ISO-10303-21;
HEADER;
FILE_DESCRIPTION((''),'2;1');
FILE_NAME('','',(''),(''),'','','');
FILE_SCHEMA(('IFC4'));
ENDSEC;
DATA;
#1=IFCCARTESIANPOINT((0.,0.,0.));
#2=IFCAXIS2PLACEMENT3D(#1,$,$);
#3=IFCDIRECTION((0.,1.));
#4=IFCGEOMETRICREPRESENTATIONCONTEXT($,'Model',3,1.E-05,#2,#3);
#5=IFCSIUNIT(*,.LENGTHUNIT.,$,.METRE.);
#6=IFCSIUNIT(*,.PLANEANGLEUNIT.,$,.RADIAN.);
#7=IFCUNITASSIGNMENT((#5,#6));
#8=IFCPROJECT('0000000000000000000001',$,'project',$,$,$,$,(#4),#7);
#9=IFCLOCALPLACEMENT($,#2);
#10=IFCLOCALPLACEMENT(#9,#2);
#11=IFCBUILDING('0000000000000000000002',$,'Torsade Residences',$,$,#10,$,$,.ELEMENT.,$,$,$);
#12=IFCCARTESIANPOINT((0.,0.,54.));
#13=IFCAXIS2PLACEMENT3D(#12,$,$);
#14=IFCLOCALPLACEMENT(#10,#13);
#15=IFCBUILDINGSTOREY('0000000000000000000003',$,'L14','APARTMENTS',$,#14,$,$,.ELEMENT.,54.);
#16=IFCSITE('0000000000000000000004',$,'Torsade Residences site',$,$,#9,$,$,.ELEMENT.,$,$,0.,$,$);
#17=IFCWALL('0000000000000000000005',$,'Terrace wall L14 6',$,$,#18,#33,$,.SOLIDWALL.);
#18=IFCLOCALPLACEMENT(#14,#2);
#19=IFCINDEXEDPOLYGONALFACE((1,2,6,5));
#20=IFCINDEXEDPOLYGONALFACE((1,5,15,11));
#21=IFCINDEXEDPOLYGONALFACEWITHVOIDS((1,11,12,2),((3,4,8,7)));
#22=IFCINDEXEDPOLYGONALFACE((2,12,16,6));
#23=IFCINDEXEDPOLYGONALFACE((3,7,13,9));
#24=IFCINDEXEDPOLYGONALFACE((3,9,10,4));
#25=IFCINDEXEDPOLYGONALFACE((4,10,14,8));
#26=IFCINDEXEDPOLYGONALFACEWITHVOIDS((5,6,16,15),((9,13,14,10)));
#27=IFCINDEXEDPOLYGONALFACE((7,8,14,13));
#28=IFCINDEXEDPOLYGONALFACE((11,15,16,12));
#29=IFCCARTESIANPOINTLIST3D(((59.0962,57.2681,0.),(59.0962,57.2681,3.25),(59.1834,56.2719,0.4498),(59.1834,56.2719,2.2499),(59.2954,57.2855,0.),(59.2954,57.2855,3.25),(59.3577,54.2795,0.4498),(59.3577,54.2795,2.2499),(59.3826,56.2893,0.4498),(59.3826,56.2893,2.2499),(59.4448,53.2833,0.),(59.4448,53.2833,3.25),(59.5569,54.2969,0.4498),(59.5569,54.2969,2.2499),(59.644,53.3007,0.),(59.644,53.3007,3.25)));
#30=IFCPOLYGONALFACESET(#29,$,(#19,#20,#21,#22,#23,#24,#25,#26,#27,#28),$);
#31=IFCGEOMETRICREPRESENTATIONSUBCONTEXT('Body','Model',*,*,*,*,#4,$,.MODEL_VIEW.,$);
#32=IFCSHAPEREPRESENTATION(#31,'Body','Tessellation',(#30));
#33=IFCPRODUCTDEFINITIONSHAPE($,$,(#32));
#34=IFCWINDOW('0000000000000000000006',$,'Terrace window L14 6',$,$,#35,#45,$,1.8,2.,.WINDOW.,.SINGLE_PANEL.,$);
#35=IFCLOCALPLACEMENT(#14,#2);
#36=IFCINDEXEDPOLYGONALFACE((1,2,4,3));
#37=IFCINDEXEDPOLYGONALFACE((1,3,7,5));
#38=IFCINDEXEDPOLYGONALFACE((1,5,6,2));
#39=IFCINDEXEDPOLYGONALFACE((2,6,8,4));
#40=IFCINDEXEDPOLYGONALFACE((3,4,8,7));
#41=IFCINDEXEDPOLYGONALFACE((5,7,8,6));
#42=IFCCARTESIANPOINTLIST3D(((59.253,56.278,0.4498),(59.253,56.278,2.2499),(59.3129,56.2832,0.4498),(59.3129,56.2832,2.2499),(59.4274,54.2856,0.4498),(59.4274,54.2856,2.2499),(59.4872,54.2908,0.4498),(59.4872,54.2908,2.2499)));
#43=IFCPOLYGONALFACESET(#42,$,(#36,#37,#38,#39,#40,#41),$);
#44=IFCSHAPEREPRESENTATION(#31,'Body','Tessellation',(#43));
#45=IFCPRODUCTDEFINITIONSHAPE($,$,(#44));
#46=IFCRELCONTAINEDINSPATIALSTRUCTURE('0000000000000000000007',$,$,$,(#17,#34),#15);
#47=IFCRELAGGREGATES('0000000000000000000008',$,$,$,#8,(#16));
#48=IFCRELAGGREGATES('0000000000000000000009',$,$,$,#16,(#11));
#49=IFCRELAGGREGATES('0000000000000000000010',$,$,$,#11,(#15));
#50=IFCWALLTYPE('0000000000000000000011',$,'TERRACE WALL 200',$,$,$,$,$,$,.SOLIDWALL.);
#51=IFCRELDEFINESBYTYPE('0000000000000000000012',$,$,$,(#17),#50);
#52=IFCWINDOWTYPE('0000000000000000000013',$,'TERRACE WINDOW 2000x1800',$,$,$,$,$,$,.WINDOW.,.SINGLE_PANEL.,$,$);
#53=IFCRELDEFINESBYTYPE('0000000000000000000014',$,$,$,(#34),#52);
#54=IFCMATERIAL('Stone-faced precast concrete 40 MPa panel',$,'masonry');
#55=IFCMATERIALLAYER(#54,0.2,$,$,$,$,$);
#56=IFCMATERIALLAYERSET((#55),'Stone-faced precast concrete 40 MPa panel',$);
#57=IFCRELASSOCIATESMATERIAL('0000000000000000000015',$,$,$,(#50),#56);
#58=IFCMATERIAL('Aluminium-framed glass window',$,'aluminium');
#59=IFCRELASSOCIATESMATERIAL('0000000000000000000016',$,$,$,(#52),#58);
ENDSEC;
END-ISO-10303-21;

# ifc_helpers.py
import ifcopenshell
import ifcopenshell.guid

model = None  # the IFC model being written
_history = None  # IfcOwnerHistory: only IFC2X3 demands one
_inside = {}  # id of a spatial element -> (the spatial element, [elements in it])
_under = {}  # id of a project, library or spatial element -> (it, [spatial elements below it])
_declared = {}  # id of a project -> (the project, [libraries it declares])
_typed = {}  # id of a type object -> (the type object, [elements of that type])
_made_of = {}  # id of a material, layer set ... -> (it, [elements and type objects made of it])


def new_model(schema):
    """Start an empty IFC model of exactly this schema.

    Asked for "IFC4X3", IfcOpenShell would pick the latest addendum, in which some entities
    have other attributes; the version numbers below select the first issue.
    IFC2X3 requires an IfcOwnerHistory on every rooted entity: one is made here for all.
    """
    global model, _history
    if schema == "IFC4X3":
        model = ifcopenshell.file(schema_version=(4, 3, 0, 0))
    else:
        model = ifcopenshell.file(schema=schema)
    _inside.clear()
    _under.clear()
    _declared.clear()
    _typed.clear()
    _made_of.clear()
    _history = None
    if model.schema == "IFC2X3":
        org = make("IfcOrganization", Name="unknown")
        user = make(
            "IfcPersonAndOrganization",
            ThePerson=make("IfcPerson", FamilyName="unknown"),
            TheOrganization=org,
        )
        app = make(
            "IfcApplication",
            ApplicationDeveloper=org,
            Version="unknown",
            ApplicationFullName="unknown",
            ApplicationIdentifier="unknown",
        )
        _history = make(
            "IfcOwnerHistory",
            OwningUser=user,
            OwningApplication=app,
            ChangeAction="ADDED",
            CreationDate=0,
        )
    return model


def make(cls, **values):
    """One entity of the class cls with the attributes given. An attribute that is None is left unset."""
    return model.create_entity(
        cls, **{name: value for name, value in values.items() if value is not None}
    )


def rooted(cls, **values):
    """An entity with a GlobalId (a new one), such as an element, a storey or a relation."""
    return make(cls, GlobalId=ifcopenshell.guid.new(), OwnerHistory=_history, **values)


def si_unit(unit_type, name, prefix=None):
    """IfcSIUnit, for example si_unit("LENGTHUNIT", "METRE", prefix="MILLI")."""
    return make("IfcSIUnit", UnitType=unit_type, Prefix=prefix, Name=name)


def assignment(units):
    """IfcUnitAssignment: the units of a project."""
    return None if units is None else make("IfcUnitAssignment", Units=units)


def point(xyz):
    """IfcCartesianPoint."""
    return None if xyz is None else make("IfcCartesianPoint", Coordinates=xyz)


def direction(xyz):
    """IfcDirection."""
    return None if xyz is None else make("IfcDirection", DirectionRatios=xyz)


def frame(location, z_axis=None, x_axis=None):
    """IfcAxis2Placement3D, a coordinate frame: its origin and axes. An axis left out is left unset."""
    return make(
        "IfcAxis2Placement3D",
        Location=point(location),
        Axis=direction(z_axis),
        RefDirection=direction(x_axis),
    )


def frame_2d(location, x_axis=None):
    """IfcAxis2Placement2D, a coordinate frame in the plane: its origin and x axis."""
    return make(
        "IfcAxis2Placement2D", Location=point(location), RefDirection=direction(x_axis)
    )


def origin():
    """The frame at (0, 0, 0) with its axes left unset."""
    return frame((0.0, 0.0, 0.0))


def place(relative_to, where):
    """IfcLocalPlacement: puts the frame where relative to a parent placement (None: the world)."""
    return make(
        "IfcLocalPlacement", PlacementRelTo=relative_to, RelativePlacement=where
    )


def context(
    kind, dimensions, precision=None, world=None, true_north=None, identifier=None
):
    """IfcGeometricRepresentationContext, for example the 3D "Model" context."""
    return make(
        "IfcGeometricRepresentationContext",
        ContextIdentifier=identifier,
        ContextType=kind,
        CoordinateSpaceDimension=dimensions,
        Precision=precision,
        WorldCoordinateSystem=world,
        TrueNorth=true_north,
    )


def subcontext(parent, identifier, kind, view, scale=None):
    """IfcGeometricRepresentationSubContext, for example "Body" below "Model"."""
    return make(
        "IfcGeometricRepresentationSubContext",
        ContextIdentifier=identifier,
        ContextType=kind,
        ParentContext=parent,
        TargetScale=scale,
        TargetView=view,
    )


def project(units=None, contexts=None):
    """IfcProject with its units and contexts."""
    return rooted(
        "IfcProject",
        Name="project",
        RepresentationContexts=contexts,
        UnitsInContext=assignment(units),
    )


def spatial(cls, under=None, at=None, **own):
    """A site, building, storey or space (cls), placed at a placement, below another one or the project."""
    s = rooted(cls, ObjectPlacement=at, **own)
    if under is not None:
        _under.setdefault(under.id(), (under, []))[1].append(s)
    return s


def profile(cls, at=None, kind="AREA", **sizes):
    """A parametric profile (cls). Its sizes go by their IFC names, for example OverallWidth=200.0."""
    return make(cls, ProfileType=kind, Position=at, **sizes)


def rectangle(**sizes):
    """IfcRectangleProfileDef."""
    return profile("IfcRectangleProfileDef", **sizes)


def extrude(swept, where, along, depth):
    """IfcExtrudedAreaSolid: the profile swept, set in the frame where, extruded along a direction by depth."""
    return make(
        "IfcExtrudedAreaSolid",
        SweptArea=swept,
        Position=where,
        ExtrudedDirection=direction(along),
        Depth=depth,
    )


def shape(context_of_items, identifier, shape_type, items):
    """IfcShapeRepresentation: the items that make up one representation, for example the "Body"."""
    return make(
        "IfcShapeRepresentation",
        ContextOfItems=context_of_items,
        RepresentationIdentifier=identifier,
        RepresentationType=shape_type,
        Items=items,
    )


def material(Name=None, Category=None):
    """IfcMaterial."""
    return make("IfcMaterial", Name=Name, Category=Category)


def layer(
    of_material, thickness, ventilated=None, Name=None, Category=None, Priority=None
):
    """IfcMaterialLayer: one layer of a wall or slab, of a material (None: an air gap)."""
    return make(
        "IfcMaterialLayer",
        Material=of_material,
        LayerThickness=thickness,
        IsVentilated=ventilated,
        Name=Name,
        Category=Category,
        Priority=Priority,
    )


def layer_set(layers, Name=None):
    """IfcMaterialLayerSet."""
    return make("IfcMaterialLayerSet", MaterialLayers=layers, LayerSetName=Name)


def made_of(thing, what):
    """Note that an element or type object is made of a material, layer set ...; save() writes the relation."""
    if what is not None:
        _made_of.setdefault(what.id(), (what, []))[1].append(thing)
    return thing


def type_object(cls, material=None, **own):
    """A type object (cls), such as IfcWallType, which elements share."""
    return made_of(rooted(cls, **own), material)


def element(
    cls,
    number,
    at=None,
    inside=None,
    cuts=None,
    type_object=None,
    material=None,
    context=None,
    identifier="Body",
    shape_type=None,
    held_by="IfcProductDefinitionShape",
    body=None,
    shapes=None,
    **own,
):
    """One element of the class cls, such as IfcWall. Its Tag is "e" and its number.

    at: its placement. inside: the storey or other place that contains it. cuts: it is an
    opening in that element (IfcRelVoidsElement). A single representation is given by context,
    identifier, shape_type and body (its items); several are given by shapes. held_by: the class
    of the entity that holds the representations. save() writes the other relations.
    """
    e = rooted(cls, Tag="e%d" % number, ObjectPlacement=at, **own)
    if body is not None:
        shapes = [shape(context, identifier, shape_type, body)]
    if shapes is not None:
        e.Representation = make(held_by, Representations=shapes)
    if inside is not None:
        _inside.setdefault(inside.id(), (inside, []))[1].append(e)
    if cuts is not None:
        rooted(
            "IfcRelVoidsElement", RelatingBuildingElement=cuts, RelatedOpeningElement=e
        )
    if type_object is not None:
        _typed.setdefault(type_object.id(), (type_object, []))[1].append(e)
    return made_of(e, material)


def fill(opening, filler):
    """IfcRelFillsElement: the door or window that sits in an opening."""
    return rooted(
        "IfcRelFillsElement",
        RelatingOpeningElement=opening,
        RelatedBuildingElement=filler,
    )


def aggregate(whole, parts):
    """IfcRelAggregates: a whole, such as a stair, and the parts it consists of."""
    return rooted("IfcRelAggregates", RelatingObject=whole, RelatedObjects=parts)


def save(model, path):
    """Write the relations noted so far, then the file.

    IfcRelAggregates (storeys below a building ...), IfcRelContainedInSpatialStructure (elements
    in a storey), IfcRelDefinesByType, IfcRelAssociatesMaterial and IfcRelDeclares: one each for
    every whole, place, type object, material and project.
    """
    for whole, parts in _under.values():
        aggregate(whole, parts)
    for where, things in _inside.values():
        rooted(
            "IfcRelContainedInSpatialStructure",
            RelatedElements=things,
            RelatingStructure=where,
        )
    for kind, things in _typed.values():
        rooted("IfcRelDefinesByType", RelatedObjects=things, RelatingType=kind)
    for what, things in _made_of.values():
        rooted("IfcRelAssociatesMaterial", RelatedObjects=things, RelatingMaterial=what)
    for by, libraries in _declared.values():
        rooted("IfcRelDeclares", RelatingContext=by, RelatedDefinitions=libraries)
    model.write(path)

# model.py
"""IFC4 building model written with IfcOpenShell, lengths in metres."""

from ifc_helpers import new_model, si_unit, direction, frame, frame_2d, origin, place, context, subcontext, project, spatial, rectangle, extrude, material, layer, layer_set, type_object, element, fill, save


model = new_model("IFC4")

# Units and contexts
model_context = context("Model", 3, precision=1e-05, world=origin(), true_north=direction((0.0, 1.0)))
body_context = subcontext(model_context, "Body", "Model", "MODEL_VIEW")
ifc_project = project(units=[si_unit("LENGTHUNIT", "METRE"), si_unit("PLANEANGLEUNIT", "RADIAN")], contexts=[model_context])

# Site, building, storey
site_placement = place(None, origin())
site = spatial("IfcSite", under=ifc_project, at=site_placement, Name="Torsade Residences site", CompositionType="ELEMENT", RefElevation=0.0)
building_placement = place(site_placement, origin())
building = spatial("IfcBuilding", under=site, at=building_placement, Name="Torsade Residences", CompositionType="ELEMENT")
storey_placement = place(building_placement, frame((0.0, 0.0, 54.0)))
storey = spatial("IfcBuildingStorey", under=building, at=storey_placement, Name="L14", Description="APARTMENTS", CompositionType="ELEMENT", Elevation=54.0)

# Wall, opening, window
ifc_material_1 = material(Name="Stone-faced precast concrete 40 MPa panel", Category="masonry")
ifc_layer_1 = layer(ifc_material_1, 0.2)
ifc_layer_set_1 = layer_set([ifc_layer_1], Name="Stone-faced precast concrete 40 MPa panel")
wall_type_1 = type_object("IfcWallType", Name="TERRACE WALL 200", PredefinedType="SOLIDWALL", material=ifc_layer_set_1)
wall_1_placement = place(storey_placement, frame((59.5444, 53.292, 0.0), z_axis=(0.0, 0.0, 1.0), x_axis=(-0.087156, 0.996195, 0.0)))
wall_1 = element("IfcWall", 1, at=wall_1_placement, inside=storey, type_object=wall_type_1, Name="Terrace wall L14 6", PredefinedType="SOLIDWALL", context=body_context, shape_type="SweptSolid", body=[
    extrude(rectangle(XDim=4.0, YDim=0.2, at=frame_2d((2.0, 0.0))), origin(), (0.0, 0.0, 1.0), 3.25),
])
opening_1_placement = place(wall_1_placement, frame((1.0, 0.0, 0.45)))
opening_1 = element("IfcOpeningElement", 2, at=opening_1_placement, cuts=wall_1, PredefinedType="OPENING", context=body_context, shape_type="SweptSolid", body=[
    extrude(rectangle(XDim=2.0, YDim=1.8, at=frame_2d((1.0, 0.8999))), frame((0.0, 0.1099, 0.0), z_axis=(0.0, -1.0, 0.0), x_axis=(1.0, 0.0, 0.0)), (0.0, 0.0, 1.0), 0.22),
])
ifc_material_2 = material(Name="Aluminium-framed glass window", Category="aluminium")
window_type = type_object("IfcWindowType", Name="TERRACE WINDOW 2000x1800", PartitioningType="SINGLE_PANEL", PredefinedType="WINDOW", material=ifc_material_2)
window_placement = place(opening_1_placement, origin())
window = element("IfcWindow", 3, at=window_placement, inside=storey, type_object=window_type, Name="Terrace window L14 6", OverallHeight=1.8, OverallWidth=2.0, PartitioningType="SINGLE_PANEL", PredefinedType="WINDOW", context=body_context, shape_type="SweptSolid", body=[
    extrude(rectangle(XDim=2.0, YDim=1.8, at=frame_2d((1.0, 0.8999))), frame((0.0, 0.03, 0.0), z_axis=(0.0, -1.0, 0.0), x_axis=(1.0, 0.0, 0.0)), (0.0, 0.0, 1.0), 0.0601),
])
fill(opening_1, window)

save(model, "model.ifc")
